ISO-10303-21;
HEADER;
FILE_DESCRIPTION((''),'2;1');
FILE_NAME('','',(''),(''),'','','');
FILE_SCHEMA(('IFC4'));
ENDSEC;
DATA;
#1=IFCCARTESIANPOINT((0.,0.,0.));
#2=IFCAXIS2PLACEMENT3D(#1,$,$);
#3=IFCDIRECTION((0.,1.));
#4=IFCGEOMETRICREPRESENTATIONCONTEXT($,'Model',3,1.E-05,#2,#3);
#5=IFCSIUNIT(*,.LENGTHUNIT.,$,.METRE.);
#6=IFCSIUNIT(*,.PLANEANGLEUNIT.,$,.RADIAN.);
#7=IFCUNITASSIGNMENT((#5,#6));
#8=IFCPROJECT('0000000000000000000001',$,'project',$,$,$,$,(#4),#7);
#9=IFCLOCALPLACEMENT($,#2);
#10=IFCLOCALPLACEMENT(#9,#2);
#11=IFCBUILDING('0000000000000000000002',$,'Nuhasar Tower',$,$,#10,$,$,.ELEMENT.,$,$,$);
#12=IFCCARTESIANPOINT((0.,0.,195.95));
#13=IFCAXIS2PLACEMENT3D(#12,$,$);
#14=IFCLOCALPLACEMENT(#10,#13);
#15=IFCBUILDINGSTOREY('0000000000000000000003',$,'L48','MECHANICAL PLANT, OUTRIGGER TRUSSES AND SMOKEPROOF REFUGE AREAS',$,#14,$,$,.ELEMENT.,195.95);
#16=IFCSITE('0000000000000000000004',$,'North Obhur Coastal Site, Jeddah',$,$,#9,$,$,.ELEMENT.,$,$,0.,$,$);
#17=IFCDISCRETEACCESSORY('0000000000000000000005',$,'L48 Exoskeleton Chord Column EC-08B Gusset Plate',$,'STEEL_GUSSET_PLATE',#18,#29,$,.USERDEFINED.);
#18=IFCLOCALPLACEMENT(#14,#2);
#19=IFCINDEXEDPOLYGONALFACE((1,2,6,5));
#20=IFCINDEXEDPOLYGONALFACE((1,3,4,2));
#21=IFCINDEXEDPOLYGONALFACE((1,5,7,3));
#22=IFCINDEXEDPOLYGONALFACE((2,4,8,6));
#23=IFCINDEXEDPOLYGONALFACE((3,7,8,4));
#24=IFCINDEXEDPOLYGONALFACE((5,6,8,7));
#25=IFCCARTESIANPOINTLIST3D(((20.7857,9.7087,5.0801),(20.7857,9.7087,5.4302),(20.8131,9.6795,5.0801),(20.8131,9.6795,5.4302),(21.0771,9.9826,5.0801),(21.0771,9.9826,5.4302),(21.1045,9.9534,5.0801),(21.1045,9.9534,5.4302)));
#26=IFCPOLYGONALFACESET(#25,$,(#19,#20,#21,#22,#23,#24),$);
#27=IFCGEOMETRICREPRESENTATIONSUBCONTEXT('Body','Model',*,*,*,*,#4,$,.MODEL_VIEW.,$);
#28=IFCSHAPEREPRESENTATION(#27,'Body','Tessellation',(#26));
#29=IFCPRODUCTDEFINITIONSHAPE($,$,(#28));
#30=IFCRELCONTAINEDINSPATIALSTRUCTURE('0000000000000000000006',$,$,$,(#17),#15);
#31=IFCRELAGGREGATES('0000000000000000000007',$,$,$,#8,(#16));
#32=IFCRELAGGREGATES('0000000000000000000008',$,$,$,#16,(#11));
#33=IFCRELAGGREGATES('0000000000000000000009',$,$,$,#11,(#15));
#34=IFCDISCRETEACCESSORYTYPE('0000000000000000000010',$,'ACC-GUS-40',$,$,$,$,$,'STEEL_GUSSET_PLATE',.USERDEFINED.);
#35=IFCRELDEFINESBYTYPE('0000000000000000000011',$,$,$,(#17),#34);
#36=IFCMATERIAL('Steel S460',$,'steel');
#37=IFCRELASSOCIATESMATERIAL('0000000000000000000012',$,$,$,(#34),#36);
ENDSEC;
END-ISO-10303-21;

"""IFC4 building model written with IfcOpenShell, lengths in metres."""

from ifc_helpers import new_model, si_unit, direction, frame, origin, origin_2d, place, context, subcontext, project, spatial, rectangle, extrude, material, type_object, element, save


model = new_model("IFC4")

# Units and contexts
model_context = context("Model", 3, precision=1e-05, world=origin(), true_north=direction((0.0, 1.0)))
body_context = subcontext(model_context, "Body", "Model", "MODEL_VIEW")
ifc_project = project(units=[si_unit("LENGTHUNIT", "METRE"), si_unit("PLANEANGLEUNIT", "RADIAN")], contexts=[model_context])

# Site, building, storey
site_placement = place(None, origin())
site = spatial("IfcSite", under=ifc_project, at=site_placement, Name="North Obhur Coastal Site, Jeddah", CompositionType="ELEMENT", RefElevation=0.0)
building_placement = place(site_placement, origin())
building = spatial("IfcBuilding", under=site, at=building_placement, Name="Nuhasar Tower", CompositionType="ELEMENT")
storey_placement = place(building_placement, frame((0.0, 0.0, 195.95)))
storey = spatial("IfcBuildingStorey", under=building, at=storey_placement, Name="L48", Description="MECHANICAL PLANT, OUTRIGGER TRUSSES AND SMOKEPROOF REFUGE AREAS", CompositionType="ELEMENT", Elevation=195.95)

# Shared definitions
ifc_material_1 = material(Name="Steel S460", Category="steel")

# Discrete accessory
discrete_accessory_type = type_object("IfcDiscreteAccessoryType", Name="ACC-GUS-40", ElementType="STEEL_GUSSET_PLATE", PredefinedType="USERDEFINED", material=ifc_material_1)
for number, where, z_axis, x_axis, name in (
    (1, (20.9451, 9.8311, 5.0801), (0.0, 0.0, 1.0), (-0.728682, -0.684852, 0.0), "L48 Exoskeleton Chord Column EC-08B Gusset Plate"),
):
    element("IfcDiscreteAccessory", number, at=place(storey_placement, frame(where, z_axis=z_axis, x_axis=x_axis)), inside=storey, type_object=discrete_accessory_type, Name=name, ObjectType="STEEL_GUSSET_PLATE", PredefinedType="USERDEFINED", context=body_context, shape_type="SweptSolid", body=[
        extrude(rectangle(XDim=0.3999, YDim=0.04, at=origin_2d()), origin(), (0.0, 0.0, 1.0), 0.3501),
    ])

save(model, "model.ifc")
